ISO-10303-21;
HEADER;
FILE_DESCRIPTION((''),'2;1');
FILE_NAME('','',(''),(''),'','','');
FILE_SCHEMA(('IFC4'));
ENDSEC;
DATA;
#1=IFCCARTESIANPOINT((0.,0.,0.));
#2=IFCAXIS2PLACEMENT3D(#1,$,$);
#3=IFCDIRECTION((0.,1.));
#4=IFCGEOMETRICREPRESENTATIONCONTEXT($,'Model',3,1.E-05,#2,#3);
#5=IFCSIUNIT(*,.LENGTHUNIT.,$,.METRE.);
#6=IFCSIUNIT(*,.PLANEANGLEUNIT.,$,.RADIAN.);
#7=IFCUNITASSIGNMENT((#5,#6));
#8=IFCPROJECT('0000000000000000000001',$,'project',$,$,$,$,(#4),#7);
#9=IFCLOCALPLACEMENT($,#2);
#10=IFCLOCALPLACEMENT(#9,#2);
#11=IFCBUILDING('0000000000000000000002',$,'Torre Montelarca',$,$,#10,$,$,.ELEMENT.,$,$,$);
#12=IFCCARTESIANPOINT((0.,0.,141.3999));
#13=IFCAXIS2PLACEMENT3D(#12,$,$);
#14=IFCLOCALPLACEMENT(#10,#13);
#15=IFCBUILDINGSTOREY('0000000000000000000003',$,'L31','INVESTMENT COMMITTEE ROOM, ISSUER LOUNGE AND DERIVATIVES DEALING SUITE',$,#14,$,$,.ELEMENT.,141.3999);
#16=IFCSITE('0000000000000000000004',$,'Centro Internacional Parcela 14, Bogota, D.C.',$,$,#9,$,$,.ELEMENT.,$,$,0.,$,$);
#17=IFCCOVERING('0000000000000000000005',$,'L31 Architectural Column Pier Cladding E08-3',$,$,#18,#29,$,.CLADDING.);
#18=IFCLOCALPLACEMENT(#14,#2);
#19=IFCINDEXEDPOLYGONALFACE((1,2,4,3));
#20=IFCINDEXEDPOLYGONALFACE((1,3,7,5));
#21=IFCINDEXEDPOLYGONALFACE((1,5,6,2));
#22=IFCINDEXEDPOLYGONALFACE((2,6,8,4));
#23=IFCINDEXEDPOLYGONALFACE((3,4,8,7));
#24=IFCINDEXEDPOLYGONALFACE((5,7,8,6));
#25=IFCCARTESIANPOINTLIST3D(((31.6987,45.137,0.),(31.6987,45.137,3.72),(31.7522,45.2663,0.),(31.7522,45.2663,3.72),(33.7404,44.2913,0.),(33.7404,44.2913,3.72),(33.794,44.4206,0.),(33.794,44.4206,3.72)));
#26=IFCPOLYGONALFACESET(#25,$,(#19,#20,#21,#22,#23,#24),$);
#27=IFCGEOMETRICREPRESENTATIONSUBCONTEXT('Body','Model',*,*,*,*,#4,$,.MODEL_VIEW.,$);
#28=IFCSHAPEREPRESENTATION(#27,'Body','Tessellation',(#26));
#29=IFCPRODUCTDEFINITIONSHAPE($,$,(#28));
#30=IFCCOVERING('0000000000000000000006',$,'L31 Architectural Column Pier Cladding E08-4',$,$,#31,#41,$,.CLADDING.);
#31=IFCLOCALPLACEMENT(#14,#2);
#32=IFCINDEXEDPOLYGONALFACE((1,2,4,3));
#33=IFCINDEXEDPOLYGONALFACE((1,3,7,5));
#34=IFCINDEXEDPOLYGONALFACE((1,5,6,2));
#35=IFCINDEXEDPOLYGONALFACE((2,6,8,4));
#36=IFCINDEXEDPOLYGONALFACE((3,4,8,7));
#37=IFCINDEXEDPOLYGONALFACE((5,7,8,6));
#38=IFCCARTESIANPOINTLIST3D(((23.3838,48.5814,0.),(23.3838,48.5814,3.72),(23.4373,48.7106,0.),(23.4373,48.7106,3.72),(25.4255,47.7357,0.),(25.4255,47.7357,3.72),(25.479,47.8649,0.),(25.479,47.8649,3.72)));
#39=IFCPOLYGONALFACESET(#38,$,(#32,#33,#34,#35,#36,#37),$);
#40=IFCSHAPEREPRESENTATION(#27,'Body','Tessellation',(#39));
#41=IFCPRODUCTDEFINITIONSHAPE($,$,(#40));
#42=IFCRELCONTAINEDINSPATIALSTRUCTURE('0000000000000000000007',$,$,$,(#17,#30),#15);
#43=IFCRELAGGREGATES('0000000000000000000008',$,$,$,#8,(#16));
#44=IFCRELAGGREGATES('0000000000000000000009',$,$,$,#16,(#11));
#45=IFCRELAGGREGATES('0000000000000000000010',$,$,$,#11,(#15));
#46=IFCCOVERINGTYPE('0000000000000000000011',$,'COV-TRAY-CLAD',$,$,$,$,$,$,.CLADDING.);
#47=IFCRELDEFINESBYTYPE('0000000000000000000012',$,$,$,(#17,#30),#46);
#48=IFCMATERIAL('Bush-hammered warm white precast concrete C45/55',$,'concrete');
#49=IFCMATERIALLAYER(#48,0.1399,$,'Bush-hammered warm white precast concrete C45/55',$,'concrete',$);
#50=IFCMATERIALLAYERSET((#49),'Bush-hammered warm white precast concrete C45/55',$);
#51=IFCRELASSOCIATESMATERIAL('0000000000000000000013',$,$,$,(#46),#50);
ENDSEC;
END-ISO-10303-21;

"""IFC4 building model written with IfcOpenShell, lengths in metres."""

from ifc_helpers import new_model, si_unit, direction, frame, origin, origin_2d, place, context, subcontext, project, spatial, rectangle, extrude, source, transform, mapped, material, layer, layer_set, type_object, element, save


model = new_model("IFC4")

# Units and contexts
model_context = context("Model", 3, precision=1e-05, world=origin(), true_north=direction((0.0, 1.0)))
body_context = subcontext(model_context, "Body", "Model", "MODEL_VIEW")
ifc_project = project(units=[si_unit("LENGTHUNIT", "METRE"), si_unit("PLANEANGLEUNIT", "RADIAN")], contexts=[model_context])

# Site, building, storey
site_placement = place(None, origin())
site = spatial("IfcSite", under=ifc_project, at=site_placement, Name="Centro Internacional Parcela 14, Bogota, D.C.", CompositionType="ELEMENT", RefElevation=0.0)
building_placement = place(site_placement, origin())
building = spatial("IfcBuilding", under=site, at=building_placement, Name="Torre Montelarca", CompositionType="ELEMENT")
storey_placement = place(building_placement, frame((0.0, 0.0, 141.3999)))
storey = spatial("IfcBuildingStorey", under=building, at=storey_placement, Name="L31", Description="INVESTMENT COMMITTEE ROOM, ISSUER LOUNGE AND DERIVATIVES DEALING SUITE", CompositionType="ELEMENT", Elevation=141.3999)

# Coverings
ifc_material_1 = material(Name="Bush-hammered warm white precast concrete C45/55", Category="concrete")
ifc_layer_1 = layer(ifc_material_1, 0.1399, Name="Bush-hammered warm white precast concrete C45/55", Category="concrete")
ifc_layer_set_1 = layer_set([ifc_layer_1], Name="Bush-hammered warm white precast concrete C45/55")
covering_type = type_object("IfcCoveringType", Name="COV-TRAY-CLAD", PredefinedType="CLADDING", material=ifc_layer_set_1)
shared_shape_1 = source(origin(), body_context, "Body", "SweptSolid", [
    extrude(rectangle(XDim=2.21, YDim=0.1399, at=origin_2d()), origin(), (0.0, 0.0, 1.0), 3.72),
])
for number, where, z_axis, x_axis, name in (
    (1, (32.7463, 44.7788, 0.0), (0.0, 0.0, 1.0), (-0.923879, 0.382685, 0.0), "L31 Architectural Column Pier Cladding E08-3"),
    (2, (24.4314, 48.2231, 0.0), (0.0, 0.0, 1.0), (-0.923879, 0.382685, 0.0), "L31 Architectural Column Pier Cladding E08-4"),
):
    element("IfcCovering", number, at=place(storey_placement, frame(where, z_axis=z_axis, x_axis=x_axis)), inside=storey, type_object=covering_type, Name=name, PredefinedType="CLADDING", context=body_context, shape_type="MappedRepresentation", body=[
        mapped(shared_shape_1, transform((0.0, 0.0, 0.0), scale=1.0)),
    ])

save(model, "model.ifc")
